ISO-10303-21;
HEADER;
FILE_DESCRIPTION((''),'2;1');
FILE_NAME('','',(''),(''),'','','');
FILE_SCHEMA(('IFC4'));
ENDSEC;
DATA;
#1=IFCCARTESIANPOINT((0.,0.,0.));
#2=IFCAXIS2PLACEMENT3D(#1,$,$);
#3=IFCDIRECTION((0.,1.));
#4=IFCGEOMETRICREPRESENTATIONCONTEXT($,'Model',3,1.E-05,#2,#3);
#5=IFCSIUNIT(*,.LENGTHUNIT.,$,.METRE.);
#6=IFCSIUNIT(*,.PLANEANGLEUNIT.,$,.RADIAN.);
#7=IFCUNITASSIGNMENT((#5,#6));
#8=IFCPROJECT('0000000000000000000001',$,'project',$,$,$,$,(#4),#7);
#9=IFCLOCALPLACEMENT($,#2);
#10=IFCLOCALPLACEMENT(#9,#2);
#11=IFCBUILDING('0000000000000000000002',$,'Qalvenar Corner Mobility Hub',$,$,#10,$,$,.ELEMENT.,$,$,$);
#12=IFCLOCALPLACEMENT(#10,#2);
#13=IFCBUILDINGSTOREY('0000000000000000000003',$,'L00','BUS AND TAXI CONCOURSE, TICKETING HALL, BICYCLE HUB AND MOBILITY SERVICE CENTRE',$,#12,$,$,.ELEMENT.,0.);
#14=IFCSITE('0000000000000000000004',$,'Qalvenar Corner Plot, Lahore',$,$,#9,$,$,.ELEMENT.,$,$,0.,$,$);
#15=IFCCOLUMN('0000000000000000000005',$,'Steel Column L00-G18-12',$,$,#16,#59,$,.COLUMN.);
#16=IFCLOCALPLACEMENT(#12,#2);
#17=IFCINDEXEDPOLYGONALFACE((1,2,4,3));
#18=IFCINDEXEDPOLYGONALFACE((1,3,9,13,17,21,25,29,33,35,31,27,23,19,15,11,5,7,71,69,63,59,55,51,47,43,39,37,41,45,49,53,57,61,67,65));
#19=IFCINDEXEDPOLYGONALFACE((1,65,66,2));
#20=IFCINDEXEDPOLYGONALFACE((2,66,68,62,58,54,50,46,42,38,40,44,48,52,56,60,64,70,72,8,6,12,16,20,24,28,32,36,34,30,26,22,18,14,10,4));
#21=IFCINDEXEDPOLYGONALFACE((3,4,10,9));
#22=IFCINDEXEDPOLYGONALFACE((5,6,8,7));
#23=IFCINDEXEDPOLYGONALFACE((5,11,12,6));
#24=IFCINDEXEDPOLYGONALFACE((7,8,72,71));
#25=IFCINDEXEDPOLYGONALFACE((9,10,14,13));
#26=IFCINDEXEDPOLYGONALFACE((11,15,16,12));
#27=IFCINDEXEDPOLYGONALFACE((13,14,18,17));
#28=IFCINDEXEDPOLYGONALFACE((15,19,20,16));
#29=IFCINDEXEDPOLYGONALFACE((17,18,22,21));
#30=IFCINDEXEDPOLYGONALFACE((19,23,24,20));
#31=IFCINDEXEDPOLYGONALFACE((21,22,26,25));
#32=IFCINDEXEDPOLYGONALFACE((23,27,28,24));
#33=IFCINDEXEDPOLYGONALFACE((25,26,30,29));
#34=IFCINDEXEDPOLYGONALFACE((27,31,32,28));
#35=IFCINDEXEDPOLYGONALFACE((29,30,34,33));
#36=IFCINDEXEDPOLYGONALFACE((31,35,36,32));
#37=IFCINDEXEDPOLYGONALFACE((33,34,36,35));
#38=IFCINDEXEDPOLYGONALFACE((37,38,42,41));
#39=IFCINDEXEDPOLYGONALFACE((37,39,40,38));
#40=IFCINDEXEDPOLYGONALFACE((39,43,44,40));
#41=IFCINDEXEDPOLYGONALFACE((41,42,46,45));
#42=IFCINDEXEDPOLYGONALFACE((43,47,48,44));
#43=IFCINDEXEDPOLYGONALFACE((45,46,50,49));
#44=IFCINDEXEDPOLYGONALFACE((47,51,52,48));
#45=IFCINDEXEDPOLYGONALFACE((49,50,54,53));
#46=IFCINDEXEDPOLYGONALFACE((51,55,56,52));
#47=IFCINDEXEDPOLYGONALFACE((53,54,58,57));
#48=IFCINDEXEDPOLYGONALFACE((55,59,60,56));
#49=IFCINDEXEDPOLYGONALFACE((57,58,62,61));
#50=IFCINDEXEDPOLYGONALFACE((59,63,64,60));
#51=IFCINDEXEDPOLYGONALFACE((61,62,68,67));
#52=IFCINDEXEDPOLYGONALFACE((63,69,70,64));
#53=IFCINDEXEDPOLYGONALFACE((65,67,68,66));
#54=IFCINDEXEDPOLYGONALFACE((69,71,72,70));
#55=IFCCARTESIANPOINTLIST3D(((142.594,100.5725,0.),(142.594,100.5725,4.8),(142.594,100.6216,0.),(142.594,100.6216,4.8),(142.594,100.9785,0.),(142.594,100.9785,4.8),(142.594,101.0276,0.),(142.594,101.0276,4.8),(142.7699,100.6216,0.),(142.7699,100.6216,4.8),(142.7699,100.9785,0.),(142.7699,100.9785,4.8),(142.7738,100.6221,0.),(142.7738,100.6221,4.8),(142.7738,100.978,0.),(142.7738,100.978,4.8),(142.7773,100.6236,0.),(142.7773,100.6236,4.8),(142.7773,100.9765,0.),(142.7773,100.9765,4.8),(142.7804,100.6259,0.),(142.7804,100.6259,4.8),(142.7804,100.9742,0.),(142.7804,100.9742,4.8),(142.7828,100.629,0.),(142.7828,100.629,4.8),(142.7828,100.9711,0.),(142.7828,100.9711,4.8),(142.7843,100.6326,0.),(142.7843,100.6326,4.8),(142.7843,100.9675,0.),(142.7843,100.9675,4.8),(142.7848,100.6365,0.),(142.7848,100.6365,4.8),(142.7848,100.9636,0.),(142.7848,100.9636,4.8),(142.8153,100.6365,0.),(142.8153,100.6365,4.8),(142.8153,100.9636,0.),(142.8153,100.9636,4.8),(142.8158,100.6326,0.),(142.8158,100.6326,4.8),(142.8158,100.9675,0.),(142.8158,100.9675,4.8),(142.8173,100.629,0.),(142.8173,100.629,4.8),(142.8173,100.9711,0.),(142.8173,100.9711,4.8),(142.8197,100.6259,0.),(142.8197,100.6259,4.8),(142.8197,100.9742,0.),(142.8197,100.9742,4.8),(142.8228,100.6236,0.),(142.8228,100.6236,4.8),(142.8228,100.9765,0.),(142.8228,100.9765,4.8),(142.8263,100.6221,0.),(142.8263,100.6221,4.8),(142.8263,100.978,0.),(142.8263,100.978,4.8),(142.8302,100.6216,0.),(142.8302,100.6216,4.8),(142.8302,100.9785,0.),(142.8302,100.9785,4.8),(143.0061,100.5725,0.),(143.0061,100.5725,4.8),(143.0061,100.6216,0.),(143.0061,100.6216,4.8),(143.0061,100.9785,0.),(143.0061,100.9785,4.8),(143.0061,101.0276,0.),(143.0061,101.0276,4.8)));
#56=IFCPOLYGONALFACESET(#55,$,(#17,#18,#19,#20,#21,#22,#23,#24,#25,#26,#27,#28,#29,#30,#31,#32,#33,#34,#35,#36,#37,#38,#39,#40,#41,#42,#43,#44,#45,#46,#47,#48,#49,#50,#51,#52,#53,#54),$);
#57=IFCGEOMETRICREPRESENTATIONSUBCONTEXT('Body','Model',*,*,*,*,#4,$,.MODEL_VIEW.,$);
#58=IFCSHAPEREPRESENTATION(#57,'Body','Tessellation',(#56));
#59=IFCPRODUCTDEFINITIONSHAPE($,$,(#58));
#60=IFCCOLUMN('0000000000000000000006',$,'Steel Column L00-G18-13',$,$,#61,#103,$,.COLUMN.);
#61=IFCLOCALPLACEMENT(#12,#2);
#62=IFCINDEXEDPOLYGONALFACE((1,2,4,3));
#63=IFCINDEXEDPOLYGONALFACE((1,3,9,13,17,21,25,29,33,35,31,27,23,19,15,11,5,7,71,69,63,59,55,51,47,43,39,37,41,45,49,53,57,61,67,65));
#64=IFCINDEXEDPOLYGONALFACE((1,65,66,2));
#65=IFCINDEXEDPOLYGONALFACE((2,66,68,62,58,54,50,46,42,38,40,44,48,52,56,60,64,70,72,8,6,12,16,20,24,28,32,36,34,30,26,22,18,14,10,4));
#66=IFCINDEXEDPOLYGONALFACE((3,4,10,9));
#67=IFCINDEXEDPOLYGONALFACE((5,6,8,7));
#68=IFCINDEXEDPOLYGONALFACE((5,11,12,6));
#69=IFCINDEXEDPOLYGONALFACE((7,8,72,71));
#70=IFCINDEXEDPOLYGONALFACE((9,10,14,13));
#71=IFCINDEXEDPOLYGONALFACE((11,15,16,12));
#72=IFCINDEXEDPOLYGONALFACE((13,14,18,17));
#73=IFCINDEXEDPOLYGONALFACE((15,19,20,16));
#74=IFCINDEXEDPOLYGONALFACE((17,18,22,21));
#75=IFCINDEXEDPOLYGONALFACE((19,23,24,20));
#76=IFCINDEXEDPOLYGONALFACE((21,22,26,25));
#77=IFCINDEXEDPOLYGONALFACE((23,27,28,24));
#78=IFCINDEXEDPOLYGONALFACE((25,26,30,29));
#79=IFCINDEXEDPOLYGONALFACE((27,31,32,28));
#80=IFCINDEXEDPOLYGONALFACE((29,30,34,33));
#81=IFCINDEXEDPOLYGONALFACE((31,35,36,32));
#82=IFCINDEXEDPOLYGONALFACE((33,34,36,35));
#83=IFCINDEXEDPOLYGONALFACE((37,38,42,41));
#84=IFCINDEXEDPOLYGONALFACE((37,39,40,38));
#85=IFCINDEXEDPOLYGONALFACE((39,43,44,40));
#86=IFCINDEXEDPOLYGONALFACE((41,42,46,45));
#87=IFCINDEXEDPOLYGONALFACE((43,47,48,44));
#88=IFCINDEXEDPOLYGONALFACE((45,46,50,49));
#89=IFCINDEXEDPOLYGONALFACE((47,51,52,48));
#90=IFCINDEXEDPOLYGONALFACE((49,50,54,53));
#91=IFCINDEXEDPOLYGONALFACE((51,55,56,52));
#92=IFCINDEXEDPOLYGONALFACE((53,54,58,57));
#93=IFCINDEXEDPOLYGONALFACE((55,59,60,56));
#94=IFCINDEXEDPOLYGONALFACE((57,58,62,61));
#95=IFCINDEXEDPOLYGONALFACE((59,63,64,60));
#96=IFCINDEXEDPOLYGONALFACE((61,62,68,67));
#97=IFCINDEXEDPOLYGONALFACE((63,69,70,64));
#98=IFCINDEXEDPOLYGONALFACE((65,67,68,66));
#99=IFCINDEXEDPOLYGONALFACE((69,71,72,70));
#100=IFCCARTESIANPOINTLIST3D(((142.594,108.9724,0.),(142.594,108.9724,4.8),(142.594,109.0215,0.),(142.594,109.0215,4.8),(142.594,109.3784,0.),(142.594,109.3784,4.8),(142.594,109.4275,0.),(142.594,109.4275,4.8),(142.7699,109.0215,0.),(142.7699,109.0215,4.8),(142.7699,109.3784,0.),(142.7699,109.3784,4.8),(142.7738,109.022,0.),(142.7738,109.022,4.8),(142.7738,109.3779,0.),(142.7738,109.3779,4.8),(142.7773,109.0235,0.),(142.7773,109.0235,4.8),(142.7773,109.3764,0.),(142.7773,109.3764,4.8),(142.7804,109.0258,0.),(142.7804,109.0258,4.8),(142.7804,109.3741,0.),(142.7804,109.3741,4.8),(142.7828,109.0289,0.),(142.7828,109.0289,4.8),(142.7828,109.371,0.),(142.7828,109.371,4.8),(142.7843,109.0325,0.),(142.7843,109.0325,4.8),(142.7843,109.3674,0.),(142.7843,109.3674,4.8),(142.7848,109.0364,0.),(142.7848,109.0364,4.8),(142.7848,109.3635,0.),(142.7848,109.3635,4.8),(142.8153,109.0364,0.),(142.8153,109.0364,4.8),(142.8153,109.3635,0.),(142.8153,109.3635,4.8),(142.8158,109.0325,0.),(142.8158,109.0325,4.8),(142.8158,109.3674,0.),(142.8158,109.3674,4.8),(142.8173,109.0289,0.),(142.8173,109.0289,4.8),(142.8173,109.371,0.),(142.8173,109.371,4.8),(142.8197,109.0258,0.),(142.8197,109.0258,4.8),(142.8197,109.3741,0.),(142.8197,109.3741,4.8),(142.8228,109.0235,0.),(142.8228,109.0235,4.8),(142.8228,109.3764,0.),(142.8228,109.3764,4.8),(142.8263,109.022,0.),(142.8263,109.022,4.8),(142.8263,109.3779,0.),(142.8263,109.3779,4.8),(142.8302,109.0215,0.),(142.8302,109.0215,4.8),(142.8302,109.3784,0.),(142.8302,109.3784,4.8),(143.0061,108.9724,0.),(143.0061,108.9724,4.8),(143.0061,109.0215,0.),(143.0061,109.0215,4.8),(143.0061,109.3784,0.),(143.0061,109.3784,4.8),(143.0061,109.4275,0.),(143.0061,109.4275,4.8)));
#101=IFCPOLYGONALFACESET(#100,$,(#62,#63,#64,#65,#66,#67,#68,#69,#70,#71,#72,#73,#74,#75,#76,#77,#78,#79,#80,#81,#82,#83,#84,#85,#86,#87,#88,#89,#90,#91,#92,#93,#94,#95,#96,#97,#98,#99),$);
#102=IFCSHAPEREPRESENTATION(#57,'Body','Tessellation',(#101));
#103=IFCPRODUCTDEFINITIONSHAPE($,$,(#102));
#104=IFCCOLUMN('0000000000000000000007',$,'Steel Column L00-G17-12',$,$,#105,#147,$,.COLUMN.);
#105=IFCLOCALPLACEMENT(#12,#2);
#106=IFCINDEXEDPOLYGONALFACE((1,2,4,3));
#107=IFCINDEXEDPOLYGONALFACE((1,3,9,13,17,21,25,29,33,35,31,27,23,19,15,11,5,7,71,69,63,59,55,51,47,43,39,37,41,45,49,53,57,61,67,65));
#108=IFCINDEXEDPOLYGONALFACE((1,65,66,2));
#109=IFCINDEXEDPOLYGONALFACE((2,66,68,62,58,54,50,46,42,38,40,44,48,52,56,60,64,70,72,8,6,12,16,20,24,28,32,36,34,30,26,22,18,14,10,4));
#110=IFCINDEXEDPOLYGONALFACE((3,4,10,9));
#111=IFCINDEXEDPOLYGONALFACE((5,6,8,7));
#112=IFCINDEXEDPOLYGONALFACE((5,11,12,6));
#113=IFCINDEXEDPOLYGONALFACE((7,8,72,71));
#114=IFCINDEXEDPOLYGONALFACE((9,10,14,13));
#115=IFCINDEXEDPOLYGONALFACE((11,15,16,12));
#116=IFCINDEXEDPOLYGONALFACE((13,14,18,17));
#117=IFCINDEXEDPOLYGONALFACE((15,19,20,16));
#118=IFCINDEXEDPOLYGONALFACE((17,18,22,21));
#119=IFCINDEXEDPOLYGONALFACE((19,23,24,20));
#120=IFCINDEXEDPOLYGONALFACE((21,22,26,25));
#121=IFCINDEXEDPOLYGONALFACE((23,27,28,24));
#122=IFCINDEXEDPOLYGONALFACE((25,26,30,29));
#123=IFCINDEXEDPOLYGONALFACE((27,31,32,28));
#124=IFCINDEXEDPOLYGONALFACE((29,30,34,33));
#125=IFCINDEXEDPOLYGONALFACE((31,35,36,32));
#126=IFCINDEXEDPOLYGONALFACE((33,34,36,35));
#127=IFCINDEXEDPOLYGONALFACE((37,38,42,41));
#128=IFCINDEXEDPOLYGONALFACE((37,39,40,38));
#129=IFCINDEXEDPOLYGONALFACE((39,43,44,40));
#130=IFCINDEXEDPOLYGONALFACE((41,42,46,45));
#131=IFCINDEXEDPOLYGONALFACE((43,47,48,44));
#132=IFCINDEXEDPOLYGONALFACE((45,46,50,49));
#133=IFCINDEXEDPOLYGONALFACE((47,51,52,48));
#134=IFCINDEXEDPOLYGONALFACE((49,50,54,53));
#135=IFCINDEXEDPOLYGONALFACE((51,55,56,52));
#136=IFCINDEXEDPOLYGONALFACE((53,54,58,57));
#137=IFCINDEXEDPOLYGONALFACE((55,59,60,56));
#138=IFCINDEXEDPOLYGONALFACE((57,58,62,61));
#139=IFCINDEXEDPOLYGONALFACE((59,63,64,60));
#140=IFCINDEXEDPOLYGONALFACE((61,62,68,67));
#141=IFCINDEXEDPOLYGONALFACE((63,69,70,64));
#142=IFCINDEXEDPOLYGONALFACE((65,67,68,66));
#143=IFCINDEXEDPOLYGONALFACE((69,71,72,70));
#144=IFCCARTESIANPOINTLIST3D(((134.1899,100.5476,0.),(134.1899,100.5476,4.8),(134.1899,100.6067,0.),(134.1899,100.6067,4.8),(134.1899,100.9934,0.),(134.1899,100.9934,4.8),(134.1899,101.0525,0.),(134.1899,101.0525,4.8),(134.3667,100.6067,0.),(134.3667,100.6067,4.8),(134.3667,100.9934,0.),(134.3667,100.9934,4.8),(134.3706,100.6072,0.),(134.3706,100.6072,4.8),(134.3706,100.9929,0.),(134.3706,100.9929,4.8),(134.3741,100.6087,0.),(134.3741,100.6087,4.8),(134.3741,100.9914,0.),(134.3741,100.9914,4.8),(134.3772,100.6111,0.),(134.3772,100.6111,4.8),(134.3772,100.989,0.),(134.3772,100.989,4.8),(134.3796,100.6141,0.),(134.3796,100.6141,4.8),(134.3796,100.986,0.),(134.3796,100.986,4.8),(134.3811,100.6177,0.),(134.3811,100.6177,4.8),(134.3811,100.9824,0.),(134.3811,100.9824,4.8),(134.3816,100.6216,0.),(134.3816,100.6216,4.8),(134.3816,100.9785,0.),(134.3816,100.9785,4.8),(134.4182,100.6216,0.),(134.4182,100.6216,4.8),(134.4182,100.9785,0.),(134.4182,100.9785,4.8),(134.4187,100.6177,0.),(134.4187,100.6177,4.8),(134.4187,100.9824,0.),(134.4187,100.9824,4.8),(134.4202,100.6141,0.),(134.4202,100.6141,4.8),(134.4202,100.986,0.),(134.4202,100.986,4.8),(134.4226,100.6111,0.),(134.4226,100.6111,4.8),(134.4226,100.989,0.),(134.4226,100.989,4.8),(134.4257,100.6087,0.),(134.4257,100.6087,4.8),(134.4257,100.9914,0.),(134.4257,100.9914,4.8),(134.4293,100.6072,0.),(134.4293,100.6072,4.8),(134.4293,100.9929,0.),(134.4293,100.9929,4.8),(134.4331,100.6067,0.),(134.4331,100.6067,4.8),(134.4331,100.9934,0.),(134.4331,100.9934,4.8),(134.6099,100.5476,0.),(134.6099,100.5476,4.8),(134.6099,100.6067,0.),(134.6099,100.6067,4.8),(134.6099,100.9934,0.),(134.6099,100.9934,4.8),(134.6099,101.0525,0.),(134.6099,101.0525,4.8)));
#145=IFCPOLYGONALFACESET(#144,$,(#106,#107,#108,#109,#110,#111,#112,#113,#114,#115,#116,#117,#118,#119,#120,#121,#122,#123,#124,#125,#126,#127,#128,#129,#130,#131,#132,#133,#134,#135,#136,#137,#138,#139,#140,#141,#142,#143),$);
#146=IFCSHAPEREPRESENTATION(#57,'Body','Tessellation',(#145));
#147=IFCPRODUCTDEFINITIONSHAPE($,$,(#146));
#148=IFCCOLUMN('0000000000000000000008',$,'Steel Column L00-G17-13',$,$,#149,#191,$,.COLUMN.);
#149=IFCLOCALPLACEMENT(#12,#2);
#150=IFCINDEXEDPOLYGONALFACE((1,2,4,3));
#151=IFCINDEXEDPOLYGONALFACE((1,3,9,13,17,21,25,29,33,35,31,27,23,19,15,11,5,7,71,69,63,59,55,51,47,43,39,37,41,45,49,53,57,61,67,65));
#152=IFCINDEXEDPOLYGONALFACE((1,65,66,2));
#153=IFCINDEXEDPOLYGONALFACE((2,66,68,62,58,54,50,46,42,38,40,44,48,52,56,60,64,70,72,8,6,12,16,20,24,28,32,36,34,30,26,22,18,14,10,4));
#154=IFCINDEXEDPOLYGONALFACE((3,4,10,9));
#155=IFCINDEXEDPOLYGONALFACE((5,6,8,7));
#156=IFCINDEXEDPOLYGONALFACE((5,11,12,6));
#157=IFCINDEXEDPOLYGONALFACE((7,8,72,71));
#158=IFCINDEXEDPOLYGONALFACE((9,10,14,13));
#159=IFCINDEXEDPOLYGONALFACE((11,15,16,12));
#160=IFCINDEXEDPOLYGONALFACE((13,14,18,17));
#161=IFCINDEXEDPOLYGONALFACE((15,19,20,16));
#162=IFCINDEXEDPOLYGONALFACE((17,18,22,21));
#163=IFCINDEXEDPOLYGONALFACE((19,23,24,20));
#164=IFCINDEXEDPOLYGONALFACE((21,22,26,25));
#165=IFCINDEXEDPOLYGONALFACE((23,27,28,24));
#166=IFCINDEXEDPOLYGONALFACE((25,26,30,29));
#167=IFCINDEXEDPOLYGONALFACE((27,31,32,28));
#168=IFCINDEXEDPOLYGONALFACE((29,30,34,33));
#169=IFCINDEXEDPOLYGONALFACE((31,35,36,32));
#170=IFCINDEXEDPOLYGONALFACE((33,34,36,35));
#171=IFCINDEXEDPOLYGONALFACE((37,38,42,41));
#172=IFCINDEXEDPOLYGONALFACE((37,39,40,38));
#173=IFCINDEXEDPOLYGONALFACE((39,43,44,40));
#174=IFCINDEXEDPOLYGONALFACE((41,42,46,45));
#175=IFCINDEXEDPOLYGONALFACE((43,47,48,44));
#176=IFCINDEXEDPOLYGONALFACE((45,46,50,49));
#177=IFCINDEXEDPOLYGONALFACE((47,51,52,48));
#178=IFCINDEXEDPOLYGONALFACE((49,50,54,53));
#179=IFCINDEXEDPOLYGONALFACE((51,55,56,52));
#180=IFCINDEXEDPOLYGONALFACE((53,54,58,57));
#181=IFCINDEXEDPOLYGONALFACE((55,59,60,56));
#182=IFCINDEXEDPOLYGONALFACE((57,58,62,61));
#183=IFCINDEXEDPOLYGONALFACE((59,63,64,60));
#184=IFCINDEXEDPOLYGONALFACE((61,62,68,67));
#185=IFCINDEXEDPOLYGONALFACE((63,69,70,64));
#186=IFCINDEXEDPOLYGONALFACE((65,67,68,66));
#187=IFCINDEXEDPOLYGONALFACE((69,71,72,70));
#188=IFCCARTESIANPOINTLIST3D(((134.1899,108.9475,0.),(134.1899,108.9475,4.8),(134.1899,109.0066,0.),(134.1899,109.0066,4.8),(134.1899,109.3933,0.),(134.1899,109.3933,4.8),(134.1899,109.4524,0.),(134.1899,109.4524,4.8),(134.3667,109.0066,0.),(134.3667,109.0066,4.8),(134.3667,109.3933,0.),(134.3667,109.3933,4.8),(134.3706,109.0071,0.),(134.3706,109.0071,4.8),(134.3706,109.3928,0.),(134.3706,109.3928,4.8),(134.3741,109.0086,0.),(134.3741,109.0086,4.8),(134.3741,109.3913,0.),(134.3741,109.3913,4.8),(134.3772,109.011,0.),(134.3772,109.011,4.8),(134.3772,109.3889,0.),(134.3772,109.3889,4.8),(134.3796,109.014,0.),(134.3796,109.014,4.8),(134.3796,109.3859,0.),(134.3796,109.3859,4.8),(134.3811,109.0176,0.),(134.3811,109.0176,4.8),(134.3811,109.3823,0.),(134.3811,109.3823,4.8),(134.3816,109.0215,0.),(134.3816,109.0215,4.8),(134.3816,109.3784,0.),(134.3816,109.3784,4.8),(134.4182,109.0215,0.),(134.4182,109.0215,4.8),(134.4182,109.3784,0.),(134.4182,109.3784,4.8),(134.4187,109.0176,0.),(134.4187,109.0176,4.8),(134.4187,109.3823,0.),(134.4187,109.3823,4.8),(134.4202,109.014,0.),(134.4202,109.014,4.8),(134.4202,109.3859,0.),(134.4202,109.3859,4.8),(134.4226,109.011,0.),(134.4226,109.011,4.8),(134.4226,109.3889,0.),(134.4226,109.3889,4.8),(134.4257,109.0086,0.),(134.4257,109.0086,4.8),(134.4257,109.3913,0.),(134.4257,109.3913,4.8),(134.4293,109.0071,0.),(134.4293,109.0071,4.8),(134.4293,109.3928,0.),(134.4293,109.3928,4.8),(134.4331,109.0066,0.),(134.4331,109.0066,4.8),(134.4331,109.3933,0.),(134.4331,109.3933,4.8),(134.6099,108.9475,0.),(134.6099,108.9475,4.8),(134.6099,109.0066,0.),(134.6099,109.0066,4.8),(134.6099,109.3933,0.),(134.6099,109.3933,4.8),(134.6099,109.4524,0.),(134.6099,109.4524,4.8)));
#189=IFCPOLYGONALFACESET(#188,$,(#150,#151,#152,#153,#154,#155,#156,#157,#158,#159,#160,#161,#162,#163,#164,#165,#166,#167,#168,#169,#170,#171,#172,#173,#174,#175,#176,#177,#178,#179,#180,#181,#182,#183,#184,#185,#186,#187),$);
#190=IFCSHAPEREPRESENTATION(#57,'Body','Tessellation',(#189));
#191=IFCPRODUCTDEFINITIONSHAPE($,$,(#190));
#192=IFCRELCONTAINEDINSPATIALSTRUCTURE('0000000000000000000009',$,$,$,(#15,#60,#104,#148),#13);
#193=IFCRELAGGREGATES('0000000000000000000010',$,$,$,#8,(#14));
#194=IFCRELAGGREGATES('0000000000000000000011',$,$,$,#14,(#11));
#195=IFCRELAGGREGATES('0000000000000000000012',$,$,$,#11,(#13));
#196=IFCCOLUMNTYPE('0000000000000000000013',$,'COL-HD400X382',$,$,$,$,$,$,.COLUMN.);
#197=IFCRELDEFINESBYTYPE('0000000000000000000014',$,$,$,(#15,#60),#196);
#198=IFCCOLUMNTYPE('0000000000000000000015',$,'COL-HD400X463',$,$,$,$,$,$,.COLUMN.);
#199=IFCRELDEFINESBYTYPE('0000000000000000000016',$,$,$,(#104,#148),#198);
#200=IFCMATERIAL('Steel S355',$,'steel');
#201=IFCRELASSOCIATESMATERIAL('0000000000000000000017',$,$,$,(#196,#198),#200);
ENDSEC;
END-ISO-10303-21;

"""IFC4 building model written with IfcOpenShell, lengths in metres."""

from ifc_helpers import new_model, si_unit, direction, frame, origin, origin_2d, place, context, subcontext, project, spatial, i_section, extrude, material, material_profile, profile_set, type_object, element, save


model = new_model("IFC4")

# Units and contexts
model_context = context("Model", 3, precision=1e-05, world=origin(), true_north=direction((0.0, 1.0)))
body_context = subcontext(model_context, "Body", "Model", "MODEL_VIEW")
ifc_project = project(units=[si_unit("LENGTHUNIT", "METRE"), si_unit("PLANEANGLEUNIT", "RADIAN")], contexts=[model_context])

# Site, building, storey
site_placement = place(None, origin())
site = spatial("IfcSite", under=ifc_project, at=site_placement, Name="Qalvenar Corner Plot, Lahore", CompositionType="ELEMENT", RefElevation=0.0)
building_placement = place(site_placement, origin())
building = spatial("IfcBuilding", under=site, at=building_placement, Name="Qalvenar Corner Mobility Hub", CompositionType="ELEMENT")
storey_placement = place(building_placement, origin())
storey = spatial("IfcBuildingStorey", under=building, at=storey_placement, Name="L00", Description="BUS AND TAXI CONCOURSE, TICKETING HALL, BICYCLE HUB AND MOBILITY SERVICE CENTRE", CompositionType="ELEMENT", Elevation=0.0)

# Columns
ifc_material_1 = material(Name="Steel S355", Category="steel")
ifc_material_profile_1 = material_profile(ifc_material_1, i_section(OverallWidth=0.4121, OverallDepth=0.4551, WebThickness=0.0305, FlangeThickness=0.0491, FilletRadius=0.0149, at=origin_2d()), Name="HD400x421")
ifc_profile_set_1 = profile_set([ifc_material_profile_1], Name="Steel S355")
column_type_1 = type_object("IfcColumnType", Name="COL-HD400X382", PredefinedType="COLUMN", material=ifc_profile_set_1)
for number, where, z_axis, x_axis, name in (
    (1, (142.8, 100.8, 0.0), (0.0, 0.0, 1.0), (1.0, 0.0, 0.0), "Steel Column L00-G18-12"),
    (2, (142.8, 109.2, 0.0), (0.0, 0.0, 1.0), (1.0, 0.0, 0.0), "Steel Column L00-G18-13"),
):
    element("IfcColumn", number, at=place(storey_placement, frame(where, z_axis=z_axis, x_axis=x_axis)), inside=storey, type_object=column_type_1, Name=name, PredefinedType="COLUMN", context=body_context, shape_type="SweptSolid", body=[
        extrude(i_section(OverallWidth=0.4121, OverallDepth=0.4551, WebThickness=0.0305, FlangeThickness=0.0491, FilletRadius=0.0149, at=origin_2d()), origin(), (0.0, 0.0, 1.0), 4.8),
    ])
ifc_material_profile_2 = material_profile(ifc_material_1, i_section(OverallWidth=0.4199, OverallDepth=0.5049, WebThickness=0.0366, FlangeThickness=0.0591, FilletRadius=0.0149, at=origin_2d()), Name="HD400x551")
ifc_profile_set_2 = profile_set([ifc_material_profile_2], Name="Steel S355")
column_type_2 = type_object("IfcColumnType", Name="COL-HD400X463", PredefinedType="COLUMN", material=ifc_profile_set_2)
for number, where, z_axis, x_axis, name in (
    (3, (134.3999, 100.8, 0.0), (0.0, 0.0, 1.0), (1.0, 0.0, 0.0), "Steel Column L00-G17-12"),
    (4, (134.3999, 109.2, 0.0), (0.0, 0.0, 1.0), (1.0, 0.0, 0.0), "Steel Column L00-G17-13"),
):
    element("IfcColumn", number, at=place(storey_placement, frame(where, z_axis=z_axis, x_axis=x_axis)), inside=storey, type_object=column_type_2, Name=name, PredefinedType="COLUMN", context=body_context, shape_type="SweptSolid", body=[
        extrude(i_section(OverallWidth=0.4199, OverallDepth=0.5049, WebThickness=0.0366, FlangeThickness=0.0591, FilletRadius=0.0149, at=origin_2d()), origin(), (0.0, 0.0, 1.0), 4.8),
    ])

save(model, "model.ifc")
